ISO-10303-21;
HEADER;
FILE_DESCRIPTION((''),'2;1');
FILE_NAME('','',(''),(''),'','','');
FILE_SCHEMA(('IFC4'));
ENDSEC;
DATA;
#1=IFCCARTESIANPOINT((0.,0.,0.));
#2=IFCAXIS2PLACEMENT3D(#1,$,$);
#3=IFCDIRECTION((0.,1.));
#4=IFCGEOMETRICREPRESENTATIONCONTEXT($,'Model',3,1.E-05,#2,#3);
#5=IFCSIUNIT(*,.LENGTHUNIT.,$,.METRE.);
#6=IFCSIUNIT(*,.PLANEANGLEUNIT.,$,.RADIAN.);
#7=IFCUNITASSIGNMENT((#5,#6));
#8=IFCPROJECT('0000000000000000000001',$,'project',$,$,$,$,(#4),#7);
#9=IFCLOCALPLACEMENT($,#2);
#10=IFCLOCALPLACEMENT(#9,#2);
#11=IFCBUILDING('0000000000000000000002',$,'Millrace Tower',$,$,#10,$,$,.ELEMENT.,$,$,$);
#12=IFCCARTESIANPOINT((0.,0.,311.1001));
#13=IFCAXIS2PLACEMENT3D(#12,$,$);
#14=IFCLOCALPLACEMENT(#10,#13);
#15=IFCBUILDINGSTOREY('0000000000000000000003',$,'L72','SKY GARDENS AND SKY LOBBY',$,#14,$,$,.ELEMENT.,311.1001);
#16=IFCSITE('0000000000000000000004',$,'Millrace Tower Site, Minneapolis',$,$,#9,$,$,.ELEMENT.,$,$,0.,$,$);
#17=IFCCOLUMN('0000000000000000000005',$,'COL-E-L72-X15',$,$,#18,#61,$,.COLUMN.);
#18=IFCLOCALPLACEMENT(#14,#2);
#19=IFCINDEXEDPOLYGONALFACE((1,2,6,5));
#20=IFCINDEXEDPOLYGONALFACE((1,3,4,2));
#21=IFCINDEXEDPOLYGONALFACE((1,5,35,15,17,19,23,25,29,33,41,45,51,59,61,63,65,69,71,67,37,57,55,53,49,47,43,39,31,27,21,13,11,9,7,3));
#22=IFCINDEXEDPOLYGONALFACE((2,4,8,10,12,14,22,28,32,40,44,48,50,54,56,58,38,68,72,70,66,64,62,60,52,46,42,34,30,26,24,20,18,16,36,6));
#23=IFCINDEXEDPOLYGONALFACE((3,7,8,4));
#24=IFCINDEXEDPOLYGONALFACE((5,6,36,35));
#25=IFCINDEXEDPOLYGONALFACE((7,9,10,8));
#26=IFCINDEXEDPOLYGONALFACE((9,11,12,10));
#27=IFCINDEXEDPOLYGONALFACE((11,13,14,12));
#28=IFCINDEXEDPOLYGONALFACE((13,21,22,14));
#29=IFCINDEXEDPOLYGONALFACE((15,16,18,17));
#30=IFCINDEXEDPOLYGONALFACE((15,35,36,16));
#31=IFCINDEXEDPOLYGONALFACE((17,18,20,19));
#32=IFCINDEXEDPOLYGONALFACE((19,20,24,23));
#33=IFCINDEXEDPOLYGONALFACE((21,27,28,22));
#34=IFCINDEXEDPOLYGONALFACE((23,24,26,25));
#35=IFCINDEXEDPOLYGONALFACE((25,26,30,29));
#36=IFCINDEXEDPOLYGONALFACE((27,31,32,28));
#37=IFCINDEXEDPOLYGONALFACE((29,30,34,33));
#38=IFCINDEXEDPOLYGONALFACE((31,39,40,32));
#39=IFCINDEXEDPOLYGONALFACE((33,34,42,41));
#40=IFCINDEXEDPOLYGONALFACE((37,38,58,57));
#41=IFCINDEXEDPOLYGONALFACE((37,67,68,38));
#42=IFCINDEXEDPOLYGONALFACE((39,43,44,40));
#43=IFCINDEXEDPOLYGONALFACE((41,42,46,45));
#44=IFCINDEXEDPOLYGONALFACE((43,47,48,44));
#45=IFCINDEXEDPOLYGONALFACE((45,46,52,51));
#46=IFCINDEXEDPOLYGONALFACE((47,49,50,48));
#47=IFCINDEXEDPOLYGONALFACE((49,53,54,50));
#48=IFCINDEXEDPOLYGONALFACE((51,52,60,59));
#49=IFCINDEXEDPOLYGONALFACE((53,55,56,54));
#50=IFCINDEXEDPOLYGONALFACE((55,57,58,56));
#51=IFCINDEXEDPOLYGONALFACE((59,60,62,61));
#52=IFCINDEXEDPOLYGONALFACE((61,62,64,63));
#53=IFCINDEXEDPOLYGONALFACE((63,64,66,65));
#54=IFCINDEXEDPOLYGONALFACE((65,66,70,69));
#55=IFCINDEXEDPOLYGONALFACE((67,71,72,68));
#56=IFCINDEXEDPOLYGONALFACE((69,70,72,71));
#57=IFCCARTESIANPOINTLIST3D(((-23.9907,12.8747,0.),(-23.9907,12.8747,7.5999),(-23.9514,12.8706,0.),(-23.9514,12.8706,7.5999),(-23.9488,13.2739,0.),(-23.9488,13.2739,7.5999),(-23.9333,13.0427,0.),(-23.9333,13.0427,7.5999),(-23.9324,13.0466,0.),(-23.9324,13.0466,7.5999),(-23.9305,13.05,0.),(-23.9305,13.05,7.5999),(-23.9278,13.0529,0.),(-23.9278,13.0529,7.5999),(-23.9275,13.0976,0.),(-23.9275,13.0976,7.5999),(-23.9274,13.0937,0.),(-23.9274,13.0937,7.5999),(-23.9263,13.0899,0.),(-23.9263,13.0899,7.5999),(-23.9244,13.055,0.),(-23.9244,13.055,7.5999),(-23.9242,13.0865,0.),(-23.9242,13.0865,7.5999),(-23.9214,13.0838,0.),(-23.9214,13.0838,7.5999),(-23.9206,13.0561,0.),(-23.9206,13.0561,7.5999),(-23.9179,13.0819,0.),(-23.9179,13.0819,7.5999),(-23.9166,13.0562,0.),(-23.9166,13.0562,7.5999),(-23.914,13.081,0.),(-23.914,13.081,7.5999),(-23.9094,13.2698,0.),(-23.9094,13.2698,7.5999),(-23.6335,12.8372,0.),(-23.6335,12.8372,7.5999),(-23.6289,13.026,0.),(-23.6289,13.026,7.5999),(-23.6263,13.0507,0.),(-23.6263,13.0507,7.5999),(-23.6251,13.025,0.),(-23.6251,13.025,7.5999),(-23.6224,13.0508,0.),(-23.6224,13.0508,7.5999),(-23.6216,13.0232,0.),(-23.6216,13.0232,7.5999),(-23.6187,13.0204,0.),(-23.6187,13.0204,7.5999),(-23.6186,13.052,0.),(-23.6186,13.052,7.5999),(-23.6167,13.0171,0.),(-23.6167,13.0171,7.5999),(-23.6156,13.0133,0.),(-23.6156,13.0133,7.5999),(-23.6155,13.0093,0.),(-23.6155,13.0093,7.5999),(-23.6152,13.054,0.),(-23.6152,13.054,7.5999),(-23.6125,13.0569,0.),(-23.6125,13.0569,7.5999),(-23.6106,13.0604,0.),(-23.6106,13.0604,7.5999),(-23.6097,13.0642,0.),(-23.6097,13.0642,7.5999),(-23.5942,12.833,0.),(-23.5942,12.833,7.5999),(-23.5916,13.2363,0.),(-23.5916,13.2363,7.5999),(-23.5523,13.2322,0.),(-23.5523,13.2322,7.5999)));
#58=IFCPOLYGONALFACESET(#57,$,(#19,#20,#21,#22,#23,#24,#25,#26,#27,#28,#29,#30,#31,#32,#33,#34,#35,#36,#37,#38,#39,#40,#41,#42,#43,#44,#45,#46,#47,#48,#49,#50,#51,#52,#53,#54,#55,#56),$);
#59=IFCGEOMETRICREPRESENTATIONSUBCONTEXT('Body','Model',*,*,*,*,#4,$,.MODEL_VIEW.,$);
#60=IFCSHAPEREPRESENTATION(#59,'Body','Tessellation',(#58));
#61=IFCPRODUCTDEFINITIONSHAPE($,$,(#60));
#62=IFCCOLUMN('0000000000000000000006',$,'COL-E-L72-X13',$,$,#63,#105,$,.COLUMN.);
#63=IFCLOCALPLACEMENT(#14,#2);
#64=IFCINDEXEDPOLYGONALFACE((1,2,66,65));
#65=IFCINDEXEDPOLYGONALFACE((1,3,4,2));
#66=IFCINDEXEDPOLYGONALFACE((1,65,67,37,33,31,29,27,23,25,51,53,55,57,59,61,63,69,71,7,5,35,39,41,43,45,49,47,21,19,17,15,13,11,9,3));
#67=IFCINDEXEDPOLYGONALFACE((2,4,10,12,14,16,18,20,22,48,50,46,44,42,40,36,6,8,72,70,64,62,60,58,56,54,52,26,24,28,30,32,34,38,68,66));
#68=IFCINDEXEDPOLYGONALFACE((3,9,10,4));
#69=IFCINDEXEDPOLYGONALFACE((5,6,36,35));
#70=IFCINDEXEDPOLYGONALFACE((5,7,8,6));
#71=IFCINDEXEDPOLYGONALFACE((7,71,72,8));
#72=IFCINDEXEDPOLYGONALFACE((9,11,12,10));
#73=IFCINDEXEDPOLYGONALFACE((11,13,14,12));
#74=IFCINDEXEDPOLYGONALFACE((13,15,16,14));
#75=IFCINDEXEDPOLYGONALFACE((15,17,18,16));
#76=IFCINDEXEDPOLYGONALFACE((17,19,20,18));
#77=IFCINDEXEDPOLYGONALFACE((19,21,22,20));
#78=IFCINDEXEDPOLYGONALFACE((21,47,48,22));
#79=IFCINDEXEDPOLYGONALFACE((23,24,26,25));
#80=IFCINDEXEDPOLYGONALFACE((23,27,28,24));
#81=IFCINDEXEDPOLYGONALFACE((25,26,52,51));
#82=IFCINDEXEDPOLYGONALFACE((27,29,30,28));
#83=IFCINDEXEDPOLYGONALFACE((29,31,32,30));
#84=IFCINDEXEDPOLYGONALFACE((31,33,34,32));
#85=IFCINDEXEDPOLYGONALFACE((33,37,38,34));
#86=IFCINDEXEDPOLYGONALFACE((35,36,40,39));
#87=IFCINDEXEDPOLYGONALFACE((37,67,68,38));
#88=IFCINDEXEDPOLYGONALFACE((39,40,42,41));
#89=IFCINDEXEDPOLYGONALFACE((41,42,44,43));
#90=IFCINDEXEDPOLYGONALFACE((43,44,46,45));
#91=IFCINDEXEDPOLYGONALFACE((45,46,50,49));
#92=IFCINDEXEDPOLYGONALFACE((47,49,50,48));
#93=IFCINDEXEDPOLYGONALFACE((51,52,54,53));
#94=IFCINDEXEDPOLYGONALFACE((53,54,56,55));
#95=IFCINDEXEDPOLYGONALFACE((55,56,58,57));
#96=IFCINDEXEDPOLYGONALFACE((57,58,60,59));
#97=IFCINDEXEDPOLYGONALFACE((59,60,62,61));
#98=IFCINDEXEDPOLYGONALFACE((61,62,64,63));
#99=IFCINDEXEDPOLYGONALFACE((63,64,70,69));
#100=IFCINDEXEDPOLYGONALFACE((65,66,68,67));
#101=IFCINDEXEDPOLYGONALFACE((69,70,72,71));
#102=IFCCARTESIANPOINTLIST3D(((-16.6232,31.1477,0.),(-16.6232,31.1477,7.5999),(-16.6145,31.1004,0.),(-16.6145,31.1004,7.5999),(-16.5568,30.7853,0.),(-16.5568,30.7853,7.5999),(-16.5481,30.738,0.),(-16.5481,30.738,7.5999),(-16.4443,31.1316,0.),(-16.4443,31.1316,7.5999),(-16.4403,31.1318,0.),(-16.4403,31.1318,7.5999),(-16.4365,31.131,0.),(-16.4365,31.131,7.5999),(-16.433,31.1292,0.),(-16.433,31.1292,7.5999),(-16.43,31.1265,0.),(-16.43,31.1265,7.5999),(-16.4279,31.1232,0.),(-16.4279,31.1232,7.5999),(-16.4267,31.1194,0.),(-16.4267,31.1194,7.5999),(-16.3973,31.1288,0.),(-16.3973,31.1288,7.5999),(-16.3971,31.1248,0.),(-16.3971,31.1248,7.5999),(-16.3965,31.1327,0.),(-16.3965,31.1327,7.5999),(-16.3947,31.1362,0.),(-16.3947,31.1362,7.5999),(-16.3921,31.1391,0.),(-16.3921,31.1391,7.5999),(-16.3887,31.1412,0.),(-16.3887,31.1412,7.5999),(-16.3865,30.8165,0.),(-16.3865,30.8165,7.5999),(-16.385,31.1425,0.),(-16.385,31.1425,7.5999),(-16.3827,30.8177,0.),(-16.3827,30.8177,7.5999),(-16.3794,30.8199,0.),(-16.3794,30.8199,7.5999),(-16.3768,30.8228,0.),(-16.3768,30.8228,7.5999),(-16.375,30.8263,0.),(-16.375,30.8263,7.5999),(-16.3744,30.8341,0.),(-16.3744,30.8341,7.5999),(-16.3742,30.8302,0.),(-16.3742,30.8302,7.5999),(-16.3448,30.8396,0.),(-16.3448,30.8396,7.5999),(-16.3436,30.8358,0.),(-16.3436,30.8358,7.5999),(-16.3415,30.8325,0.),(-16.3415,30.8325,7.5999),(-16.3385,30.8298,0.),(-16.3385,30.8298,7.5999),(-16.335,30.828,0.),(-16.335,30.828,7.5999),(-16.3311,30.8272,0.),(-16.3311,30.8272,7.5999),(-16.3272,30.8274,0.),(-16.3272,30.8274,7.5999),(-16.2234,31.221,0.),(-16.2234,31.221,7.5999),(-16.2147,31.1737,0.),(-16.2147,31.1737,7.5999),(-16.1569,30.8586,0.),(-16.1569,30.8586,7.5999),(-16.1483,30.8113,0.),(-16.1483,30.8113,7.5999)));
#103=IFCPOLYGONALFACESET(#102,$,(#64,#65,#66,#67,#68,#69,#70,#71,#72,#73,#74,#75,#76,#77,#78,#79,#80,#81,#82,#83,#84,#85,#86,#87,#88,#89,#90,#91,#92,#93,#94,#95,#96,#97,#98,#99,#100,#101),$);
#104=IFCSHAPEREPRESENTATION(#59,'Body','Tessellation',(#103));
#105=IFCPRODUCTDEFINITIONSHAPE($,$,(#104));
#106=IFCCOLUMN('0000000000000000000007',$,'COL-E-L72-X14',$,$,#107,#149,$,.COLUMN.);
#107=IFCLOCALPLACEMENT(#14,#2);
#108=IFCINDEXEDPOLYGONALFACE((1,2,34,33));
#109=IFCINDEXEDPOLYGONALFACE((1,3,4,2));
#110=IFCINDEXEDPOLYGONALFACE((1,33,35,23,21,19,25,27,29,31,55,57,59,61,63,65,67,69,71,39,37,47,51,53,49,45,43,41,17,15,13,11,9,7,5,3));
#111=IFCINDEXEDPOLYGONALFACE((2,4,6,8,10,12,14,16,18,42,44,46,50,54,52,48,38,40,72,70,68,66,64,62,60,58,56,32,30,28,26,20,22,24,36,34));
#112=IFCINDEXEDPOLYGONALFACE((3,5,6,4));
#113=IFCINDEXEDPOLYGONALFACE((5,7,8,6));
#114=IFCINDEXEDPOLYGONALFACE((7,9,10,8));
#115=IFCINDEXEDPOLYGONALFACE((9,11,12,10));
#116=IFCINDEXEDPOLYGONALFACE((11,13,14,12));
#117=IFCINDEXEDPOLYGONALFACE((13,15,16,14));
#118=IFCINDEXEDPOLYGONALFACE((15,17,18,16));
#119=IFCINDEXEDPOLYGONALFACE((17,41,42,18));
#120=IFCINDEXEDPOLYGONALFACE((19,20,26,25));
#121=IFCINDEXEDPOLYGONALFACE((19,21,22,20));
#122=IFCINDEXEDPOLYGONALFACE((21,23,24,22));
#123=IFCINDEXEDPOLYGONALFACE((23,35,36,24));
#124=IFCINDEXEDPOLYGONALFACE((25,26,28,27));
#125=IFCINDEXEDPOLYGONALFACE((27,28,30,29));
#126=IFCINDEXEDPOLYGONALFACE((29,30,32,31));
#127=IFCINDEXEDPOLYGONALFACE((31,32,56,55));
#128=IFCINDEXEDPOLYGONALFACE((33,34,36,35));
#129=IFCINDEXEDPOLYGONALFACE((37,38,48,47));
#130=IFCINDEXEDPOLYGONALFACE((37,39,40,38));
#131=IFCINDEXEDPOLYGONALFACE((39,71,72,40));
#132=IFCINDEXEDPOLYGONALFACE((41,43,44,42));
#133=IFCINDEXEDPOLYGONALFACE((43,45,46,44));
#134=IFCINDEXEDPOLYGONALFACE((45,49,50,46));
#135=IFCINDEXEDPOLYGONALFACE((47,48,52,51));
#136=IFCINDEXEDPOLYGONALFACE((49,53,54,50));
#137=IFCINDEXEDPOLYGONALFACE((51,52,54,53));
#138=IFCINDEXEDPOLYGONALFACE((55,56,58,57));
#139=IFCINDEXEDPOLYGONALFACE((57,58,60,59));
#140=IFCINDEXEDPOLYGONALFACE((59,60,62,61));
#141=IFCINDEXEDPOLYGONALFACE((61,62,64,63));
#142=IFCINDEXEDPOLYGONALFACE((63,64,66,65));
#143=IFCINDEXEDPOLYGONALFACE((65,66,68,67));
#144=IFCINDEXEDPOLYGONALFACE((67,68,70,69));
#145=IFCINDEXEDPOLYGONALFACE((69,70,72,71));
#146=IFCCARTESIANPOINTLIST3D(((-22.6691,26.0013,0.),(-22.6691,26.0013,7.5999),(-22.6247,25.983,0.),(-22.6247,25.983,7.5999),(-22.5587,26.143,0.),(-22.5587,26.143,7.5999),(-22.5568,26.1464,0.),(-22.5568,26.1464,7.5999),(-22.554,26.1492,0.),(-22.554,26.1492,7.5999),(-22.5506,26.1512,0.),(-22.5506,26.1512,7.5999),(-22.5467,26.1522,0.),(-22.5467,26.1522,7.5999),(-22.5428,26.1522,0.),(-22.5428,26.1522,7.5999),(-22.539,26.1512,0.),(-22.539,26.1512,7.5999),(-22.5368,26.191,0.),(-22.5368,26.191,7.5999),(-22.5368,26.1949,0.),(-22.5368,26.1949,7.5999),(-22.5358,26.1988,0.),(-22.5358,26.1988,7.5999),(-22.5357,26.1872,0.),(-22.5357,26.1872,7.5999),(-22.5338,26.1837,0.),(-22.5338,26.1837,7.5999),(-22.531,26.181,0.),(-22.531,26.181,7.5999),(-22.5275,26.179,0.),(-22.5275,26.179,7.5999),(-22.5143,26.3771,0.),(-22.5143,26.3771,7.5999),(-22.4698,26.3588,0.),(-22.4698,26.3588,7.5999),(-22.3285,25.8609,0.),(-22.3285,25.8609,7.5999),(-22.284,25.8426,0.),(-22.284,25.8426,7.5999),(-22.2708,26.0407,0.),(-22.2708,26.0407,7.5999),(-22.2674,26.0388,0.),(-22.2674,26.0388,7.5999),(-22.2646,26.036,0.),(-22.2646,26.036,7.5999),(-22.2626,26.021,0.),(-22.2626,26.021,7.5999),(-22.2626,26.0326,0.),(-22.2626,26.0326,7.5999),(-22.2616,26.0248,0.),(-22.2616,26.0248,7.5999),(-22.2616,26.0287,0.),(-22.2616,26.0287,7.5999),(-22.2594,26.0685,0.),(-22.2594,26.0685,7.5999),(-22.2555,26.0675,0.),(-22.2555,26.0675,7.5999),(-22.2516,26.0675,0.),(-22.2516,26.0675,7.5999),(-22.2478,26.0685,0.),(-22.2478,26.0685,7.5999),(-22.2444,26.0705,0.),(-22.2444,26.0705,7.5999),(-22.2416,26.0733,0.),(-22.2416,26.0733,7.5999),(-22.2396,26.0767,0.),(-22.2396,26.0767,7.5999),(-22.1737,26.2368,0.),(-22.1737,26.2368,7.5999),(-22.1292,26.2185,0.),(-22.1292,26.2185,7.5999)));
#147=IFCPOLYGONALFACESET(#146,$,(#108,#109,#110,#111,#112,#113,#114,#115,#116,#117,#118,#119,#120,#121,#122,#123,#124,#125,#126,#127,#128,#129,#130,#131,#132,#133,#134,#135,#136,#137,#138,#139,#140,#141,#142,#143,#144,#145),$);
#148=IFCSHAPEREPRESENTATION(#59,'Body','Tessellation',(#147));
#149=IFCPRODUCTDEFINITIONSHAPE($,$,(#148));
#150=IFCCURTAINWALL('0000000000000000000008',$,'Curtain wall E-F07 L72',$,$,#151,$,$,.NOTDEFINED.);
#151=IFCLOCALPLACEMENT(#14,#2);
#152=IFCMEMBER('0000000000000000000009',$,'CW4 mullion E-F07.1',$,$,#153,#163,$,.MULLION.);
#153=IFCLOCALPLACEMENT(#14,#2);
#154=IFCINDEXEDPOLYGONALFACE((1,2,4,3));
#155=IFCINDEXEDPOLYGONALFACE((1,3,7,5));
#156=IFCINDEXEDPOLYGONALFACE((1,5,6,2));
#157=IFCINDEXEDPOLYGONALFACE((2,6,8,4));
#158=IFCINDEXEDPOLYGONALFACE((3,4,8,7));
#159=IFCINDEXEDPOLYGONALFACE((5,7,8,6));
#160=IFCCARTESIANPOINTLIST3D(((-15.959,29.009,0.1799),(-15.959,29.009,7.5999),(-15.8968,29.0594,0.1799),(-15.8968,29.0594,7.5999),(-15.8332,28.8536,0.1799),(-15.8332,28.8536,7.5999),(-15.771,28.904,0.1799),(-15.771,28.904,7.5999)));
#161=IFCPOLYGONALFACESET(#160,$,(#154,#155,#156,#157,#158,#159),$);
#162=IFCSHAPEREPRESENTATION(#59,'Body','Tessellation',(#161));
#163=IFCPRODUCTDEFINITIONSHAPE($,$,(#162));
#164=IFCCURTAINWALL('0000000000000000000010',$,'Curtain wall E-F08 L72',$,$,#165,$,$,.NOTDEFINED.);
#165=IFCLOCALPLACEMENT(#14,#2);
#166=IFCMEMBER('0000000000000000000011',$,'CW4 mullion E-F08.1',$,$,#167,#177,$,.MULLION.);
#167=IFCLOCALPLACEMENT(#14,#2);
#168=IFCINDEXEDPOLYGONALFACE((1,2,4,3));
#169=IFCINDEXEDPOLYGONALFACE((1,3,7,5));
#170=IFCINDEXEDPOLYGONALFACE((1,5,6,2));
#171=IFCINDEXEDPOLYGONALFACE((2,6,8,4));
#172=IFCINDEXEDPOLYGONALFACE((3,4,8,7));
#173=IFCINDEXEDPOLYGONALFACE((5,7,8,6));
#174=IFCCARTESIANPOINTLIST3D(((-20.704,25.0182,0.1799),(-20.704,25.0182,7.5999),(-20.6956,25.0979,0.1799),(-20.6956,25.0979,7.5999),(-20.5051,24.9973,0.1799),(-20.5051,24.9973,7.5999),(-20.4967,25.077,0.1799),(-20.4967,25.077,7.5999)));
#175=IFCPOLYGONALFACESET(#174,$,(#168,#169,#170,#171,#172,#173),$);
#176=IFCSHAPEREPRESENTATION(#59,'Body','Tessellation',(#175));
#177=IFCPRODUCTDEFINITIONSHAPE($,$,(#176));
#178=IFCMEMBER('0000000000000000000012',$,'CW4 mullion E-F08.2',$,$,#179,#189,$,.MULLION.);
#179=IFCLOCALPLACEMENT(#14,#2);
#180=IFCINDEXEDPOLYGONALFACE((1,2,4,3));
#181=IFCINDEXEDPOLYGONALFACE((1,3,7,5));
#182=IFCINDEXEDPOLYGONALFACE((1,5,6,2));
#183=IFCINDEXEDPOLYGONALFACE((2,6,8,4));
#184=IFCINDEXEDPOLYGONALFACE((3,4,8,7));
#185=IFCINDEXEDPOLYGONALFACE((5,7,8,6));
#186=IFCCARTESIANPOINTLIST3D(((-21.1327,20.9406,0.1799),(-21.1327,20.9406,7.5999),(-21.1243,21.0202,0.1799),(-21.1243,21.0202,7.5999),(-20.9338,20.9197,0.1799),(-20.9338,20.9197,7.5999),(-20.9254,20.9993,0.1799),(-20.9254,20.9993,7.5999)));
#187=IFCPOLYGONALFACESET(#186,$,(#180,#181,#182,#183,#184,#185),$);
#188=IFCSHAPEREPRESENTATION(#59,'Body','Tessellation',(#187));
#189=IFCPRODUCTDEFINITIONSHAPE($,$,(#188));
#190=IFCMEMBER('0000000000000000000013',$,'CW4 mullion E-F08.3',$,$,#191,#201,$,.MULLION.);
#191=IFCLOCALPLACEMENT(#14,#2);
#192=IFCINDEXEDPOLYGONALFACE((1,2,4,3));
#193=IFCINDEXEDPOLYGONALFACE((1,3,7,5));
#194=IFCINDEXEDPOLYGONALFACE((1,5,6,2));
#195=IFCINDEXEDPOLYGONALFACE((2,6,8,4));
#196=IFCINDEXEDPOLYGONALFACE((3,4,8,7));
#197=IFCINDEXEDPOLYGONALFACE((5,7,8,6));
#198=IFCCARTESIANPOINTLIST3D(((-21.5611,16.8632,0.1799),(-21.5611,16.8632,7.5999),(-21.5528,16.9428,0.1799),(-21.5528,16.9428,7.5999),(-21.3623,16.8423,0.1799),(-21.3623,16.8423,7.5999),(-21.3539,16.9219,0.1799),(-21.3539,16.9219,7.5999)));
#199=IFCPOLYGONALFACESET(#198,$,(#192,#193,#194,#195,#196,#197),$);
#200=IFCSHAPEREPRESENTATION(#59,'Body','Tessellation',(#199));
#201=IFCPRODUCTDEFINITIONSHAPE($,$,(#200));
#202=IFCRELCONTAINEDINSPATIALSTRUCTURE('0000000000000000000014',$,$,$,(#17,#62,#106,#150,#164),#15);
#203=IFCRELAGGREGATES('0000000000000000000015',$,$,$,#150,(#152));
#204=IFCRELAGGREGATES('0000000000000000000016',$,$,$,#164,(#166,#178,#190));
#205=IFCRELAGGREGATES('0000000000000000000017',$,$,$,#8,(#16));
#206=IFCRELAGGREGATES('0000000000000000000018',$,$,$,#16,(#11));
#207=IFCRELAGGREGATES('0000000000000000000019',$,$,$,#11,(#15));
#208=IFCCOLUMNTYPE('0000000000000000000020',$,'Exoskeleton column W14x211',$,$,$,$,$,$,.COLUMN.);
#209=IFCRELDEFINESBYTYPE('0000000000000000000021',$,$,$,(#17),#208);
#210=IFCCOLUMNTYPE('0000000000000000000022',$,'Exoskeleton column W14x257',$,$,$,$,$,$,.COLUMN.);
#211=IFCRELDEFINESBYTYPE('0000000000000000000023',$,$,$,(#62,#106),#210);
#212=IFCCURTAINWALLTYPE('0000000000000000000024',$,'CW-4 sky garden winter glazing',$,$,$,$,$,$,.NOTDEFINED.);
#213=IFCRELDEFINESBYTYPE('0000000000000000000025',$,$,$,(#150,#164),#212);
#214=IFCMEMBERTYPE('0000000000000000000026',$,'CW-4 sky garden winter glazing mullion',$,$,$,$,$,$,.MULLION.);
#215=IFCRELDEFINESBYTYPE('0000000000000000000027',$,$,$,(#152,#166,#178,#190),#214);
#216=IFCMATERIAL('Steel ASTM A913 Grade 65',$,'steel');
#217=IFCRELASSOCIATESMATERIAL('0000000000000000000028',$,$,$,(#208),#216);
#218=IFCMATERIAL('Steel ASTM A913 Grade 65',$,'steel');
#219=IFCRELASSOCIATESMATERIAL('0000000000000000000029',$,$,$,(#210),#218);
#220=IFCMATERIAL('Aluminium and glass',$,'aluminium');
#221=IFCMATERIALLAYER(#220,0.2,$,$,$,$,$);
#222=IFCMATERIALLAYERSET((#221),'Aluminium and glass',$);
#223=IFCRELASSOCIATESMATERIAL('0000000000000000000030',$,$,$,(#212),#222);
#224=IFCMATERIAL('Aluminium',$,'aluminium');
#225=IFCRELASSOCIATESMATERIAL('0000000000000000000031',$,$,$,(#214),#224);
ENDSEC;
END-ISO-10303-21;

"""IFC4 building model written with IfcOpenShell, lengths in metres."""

from ifc_helpers import new_model, si_unit, direction, frame, origin, origin_2d, place, context, subcontext, project, spatial, rectangle, i_section, extrude, material, layer, layer_set, material_profile, profile_set, type_object, element, aggregate, save


model = new_model("IFC4")

# Units and contexts
model_context = context("Model", 3, precision=1e-05, world=origin(), true_north=direction((0.0, 1.0)))
body_context = subcontext(model_context, "Body", "Model", "MODEL_VIEW")
ifc_project = project(units=[si_unit("LENGTHUNIT", "METRE"), si_unit("PLANEANGLEUNIT", "RADIAN")], contexts=[model_context])

# Site, building, storey
site_placement = place(None, origin())
site = spatial("IfcSite", under=ifc_project, at=site_placement, Name="Millrace Tower Site, Minneapolis", CompositionType="ELEMENT", RefElevation=0.0)
building_placement = place(site_placement, origin())
building = spatial("IfcBuilding", under=site, at=building_placement, Name="Millrace Tower", CompositionType="ELEMENT")
storey_placement = place(building_placement, frame((0.0, 0.0, 311.1001)))
storey = spatial("IfcBuildingStorey", under=building, at=storey_placement, Name="L72", Description="SKY GARDENS AND SKY LOBBY", CompositionType="ELEMENT", Elevation=311.1001)

# Columns
ifc_material_1 = material(Name="Steel ASTM A913 Grade 65", Category="steel")
ifc_material_profile_1 = material_profile(ifc_material_1, i_section(OverallWidth=0.4014, OverallDepth=0.3987, WebThickness=0.0249, FlangeThickness=0.0396, FilletRadius=0.0151, at=origin_2d()))
ifc_profile_set_1 = profile_set([ifc_material_profile_1], Name="Steel ASTM A913 Grade 65")
column_type_1 = type_object("IfcColumnType", Name="Exoskeleton column W14x211", PredefinedType="COLUMN", material=ifc_profile_set_1)
column_placement = place(storey_placement, frame((-23.7715, 13.0535, 0.0), z_axis=(0.0, 0.0, 1.0), x_axis=(-0.104528, -0.994522, 0.0)))
element("IfcColumn", 1, at=column_placement, inside=storey, type_object=column_type_1, Name="COL-E-L72-X15", PredefinedType="COLUMN", context=body_context, shape_type="SweptSolid", body=[
    extrude(i_section(OverallWidth=0.4014, OverallDepth=0.3987, WebThickness=0.0249, FlangeThickness=0.0396, FilletRadius=0.0151, at=origin_2d()), origin(), (0.0, 0.0, 1.0), 7.5999),
])
ifc_material_2 = material(Name="Steel ASTM A913 Grade 65", Category="steel")
ifc_material_profile_2 = material_profile(ifc_material_2, i_section(OverallWidth=0.4065, OverallDepth=0.4165, WebThickness=0.03, FlangeThickness=0.0481, FilletRadius=0.0151, at=origin_2d()))
ifc_profile_set_2 = profile_set([ifc_material_profile_2], Name="Steel ASTM A913 Grade 65")
column_type_2 = type_object("IfcColumnType", Name="Exoskeleton column W14x257", PredefinedType="COLUMN", material=ifc_profile_set_2)
for number, where, z_axis, x_axis, name in (
    (2, (-16.3857, 30.9795, 0.0), (0.0, 0.0, 1.0), (-0.983596, -0.180387, 0.0), "COL-E-L72-X13"),
    (3, (-22.3992, 26.1099, 0.0), (0.0, 0.0, 1.0), (-0.380947, -0.924597, 0.0), "COL-E-L72-X14"),
):
    element("IfcColumn", number, at=place(storey_placement, frame(where, z_axis=z_axis, x_axis=x_axis)), inside=storey, type_object=column_type_2, Name=name, PredefinedType="COLUMN", context=body_context, shape_type="SweptSolid", body=[
        extrude(i_section(OverallWidth=0.4065, OverallDepth=0.4165, WebThickness=0.03, FlangeThickness=0.0481, FilletRadius=0.0151, at=origin_2d()), origin(), (0.0, 0.0, 1.0), 7.5999),
    ])

# Curtain wall, member
ifc_material_3 = material(Name="Aluminium and glass", Category="aluminium")
ifc_layer_1 = layer(ifc_material_3, 0.2)
ifc_layer_set_1 = layer_set([ifc_layer_1], Name="Aluminium and glass")
curtain_wall_type = type_object("IfcCurtainWallType", Name="CW-4 sky garden winter glazing", PredefinedType="NOTDEFINED", material=ifc_layer_set_1)
placement = place(storey_placement, origin())
curtain_wall_1 = element("IfcCurtainWall", 4, at=placement, inside=storey, type_object=curtain_wall_type, Name="Curtain wall E-F07 L72", PredefinedType="NOTDEFINED")
ifc_material_4 = material(Name="Aluminium", Category="aluminium")
ifc_material_profile_3 = material_profile(ifc_material_4, rectangle(XDim=0.0801, YDim=0.2, at=origin_2d()))
ifc_profile_set_3 = profile_set([ifc_material_profile_3], Name="Aluminium")
member_type_1 = type_object("IfcMemberType", Name="CW-4 sky garden winter glazing mullion", PredefinedType="MULLION", material=ifc_profile_set_3)
member_1_placement = place(storey_placement, frame((-15.865, 28.9565, 0.1799), z_axis=(0.0, 0.0, 1.0), x_axis=(-0.777146, -0.62932, 0.0)))
member_1 = element("IfcMember", 5, at=member_1_placement, type_object=member_type_1, Name="CW4 mullion E-F07.1", PredefinedType="MULLION", context=body_context, shape_type="SweptSolid", body=[
    extrude(rectangle(XDim=0.0801, YDim=0.2, at=origin_2d()), origin(), (0.0, 0.0, 1.0), 7.4199),
])

# Curtain wall, members
curtain_wall_2 = element("IfcCurtainWall", 6, at=placement, inside=storey, type_object=curtain_wall_type, Name="Curtain wall E-F08 L72", PredefinedType="NOTDEFINED")
member_2_placement = place(storey_placement, frame((-20.6003, 25.0476, 0.1799), z_axis=(0.0, 0.0, 1.0), x_axis=(-0.104528, -0.994522, 0.0)))
member_2 = element("IfcMember", 7, at=member_2_placement, type_object=member_type_1, Name="CW4 mullion E-F08.1", PredefinedType="MULLION", context=body_context, shape_type="SweptSolid", body=[
    extrude(rectangle(XDim=0.0801, YDim=0.2, at=origin_2d()), origin(), (0.0, 0.0, 1.0), 7.4199),
])
member_3_placement = place(storey_placement, frame((-21.0291, 20.97, 0.1799), z_axis=(0.0, 0.0, 1.0), x_axis=(-0.104528, -0.994522, 0.0)))
member_3 = element("IfcMember", 8, at=member_3_placement, type_object=member_type_1, Name="CW4 mullion E-F08.2", PredefinedType="MULLION", context=body_context, shape_type="SweptSolid", body=[
    extrude(rectangle(XDim=0.0801, YDim=0.2, at=origin_2d()), origin(), (0.0, 0.0, 1.0), 7.4199),
])
member_4_placement = place(storey_placement, frame((-21.4575, 16.8926, 0.1799), z_axis=(0.0, 0.0, 1.0), x_axis=(-0.104528, -0.994522, 0.0)))
member_4 = element("IfcMember", 9, at=member_4_placement, type_object=member_type_1, Name="CW4 mullion E-F08.3", PredefinedType="MULLION", context=body_context, shape_type="SweptSolid", body=[
    extrude(rectangle(XDim=0.0801, YDim=0.2, at=origin_2d()), origin(), (0.0, 0.0, 1.0), 7.4199),
])

aggregate(curtain_wall_1, [member_1])
aggregate(curtain_wall_2, [member_2, member_3, member_4])

save(model, "model.ifc")
